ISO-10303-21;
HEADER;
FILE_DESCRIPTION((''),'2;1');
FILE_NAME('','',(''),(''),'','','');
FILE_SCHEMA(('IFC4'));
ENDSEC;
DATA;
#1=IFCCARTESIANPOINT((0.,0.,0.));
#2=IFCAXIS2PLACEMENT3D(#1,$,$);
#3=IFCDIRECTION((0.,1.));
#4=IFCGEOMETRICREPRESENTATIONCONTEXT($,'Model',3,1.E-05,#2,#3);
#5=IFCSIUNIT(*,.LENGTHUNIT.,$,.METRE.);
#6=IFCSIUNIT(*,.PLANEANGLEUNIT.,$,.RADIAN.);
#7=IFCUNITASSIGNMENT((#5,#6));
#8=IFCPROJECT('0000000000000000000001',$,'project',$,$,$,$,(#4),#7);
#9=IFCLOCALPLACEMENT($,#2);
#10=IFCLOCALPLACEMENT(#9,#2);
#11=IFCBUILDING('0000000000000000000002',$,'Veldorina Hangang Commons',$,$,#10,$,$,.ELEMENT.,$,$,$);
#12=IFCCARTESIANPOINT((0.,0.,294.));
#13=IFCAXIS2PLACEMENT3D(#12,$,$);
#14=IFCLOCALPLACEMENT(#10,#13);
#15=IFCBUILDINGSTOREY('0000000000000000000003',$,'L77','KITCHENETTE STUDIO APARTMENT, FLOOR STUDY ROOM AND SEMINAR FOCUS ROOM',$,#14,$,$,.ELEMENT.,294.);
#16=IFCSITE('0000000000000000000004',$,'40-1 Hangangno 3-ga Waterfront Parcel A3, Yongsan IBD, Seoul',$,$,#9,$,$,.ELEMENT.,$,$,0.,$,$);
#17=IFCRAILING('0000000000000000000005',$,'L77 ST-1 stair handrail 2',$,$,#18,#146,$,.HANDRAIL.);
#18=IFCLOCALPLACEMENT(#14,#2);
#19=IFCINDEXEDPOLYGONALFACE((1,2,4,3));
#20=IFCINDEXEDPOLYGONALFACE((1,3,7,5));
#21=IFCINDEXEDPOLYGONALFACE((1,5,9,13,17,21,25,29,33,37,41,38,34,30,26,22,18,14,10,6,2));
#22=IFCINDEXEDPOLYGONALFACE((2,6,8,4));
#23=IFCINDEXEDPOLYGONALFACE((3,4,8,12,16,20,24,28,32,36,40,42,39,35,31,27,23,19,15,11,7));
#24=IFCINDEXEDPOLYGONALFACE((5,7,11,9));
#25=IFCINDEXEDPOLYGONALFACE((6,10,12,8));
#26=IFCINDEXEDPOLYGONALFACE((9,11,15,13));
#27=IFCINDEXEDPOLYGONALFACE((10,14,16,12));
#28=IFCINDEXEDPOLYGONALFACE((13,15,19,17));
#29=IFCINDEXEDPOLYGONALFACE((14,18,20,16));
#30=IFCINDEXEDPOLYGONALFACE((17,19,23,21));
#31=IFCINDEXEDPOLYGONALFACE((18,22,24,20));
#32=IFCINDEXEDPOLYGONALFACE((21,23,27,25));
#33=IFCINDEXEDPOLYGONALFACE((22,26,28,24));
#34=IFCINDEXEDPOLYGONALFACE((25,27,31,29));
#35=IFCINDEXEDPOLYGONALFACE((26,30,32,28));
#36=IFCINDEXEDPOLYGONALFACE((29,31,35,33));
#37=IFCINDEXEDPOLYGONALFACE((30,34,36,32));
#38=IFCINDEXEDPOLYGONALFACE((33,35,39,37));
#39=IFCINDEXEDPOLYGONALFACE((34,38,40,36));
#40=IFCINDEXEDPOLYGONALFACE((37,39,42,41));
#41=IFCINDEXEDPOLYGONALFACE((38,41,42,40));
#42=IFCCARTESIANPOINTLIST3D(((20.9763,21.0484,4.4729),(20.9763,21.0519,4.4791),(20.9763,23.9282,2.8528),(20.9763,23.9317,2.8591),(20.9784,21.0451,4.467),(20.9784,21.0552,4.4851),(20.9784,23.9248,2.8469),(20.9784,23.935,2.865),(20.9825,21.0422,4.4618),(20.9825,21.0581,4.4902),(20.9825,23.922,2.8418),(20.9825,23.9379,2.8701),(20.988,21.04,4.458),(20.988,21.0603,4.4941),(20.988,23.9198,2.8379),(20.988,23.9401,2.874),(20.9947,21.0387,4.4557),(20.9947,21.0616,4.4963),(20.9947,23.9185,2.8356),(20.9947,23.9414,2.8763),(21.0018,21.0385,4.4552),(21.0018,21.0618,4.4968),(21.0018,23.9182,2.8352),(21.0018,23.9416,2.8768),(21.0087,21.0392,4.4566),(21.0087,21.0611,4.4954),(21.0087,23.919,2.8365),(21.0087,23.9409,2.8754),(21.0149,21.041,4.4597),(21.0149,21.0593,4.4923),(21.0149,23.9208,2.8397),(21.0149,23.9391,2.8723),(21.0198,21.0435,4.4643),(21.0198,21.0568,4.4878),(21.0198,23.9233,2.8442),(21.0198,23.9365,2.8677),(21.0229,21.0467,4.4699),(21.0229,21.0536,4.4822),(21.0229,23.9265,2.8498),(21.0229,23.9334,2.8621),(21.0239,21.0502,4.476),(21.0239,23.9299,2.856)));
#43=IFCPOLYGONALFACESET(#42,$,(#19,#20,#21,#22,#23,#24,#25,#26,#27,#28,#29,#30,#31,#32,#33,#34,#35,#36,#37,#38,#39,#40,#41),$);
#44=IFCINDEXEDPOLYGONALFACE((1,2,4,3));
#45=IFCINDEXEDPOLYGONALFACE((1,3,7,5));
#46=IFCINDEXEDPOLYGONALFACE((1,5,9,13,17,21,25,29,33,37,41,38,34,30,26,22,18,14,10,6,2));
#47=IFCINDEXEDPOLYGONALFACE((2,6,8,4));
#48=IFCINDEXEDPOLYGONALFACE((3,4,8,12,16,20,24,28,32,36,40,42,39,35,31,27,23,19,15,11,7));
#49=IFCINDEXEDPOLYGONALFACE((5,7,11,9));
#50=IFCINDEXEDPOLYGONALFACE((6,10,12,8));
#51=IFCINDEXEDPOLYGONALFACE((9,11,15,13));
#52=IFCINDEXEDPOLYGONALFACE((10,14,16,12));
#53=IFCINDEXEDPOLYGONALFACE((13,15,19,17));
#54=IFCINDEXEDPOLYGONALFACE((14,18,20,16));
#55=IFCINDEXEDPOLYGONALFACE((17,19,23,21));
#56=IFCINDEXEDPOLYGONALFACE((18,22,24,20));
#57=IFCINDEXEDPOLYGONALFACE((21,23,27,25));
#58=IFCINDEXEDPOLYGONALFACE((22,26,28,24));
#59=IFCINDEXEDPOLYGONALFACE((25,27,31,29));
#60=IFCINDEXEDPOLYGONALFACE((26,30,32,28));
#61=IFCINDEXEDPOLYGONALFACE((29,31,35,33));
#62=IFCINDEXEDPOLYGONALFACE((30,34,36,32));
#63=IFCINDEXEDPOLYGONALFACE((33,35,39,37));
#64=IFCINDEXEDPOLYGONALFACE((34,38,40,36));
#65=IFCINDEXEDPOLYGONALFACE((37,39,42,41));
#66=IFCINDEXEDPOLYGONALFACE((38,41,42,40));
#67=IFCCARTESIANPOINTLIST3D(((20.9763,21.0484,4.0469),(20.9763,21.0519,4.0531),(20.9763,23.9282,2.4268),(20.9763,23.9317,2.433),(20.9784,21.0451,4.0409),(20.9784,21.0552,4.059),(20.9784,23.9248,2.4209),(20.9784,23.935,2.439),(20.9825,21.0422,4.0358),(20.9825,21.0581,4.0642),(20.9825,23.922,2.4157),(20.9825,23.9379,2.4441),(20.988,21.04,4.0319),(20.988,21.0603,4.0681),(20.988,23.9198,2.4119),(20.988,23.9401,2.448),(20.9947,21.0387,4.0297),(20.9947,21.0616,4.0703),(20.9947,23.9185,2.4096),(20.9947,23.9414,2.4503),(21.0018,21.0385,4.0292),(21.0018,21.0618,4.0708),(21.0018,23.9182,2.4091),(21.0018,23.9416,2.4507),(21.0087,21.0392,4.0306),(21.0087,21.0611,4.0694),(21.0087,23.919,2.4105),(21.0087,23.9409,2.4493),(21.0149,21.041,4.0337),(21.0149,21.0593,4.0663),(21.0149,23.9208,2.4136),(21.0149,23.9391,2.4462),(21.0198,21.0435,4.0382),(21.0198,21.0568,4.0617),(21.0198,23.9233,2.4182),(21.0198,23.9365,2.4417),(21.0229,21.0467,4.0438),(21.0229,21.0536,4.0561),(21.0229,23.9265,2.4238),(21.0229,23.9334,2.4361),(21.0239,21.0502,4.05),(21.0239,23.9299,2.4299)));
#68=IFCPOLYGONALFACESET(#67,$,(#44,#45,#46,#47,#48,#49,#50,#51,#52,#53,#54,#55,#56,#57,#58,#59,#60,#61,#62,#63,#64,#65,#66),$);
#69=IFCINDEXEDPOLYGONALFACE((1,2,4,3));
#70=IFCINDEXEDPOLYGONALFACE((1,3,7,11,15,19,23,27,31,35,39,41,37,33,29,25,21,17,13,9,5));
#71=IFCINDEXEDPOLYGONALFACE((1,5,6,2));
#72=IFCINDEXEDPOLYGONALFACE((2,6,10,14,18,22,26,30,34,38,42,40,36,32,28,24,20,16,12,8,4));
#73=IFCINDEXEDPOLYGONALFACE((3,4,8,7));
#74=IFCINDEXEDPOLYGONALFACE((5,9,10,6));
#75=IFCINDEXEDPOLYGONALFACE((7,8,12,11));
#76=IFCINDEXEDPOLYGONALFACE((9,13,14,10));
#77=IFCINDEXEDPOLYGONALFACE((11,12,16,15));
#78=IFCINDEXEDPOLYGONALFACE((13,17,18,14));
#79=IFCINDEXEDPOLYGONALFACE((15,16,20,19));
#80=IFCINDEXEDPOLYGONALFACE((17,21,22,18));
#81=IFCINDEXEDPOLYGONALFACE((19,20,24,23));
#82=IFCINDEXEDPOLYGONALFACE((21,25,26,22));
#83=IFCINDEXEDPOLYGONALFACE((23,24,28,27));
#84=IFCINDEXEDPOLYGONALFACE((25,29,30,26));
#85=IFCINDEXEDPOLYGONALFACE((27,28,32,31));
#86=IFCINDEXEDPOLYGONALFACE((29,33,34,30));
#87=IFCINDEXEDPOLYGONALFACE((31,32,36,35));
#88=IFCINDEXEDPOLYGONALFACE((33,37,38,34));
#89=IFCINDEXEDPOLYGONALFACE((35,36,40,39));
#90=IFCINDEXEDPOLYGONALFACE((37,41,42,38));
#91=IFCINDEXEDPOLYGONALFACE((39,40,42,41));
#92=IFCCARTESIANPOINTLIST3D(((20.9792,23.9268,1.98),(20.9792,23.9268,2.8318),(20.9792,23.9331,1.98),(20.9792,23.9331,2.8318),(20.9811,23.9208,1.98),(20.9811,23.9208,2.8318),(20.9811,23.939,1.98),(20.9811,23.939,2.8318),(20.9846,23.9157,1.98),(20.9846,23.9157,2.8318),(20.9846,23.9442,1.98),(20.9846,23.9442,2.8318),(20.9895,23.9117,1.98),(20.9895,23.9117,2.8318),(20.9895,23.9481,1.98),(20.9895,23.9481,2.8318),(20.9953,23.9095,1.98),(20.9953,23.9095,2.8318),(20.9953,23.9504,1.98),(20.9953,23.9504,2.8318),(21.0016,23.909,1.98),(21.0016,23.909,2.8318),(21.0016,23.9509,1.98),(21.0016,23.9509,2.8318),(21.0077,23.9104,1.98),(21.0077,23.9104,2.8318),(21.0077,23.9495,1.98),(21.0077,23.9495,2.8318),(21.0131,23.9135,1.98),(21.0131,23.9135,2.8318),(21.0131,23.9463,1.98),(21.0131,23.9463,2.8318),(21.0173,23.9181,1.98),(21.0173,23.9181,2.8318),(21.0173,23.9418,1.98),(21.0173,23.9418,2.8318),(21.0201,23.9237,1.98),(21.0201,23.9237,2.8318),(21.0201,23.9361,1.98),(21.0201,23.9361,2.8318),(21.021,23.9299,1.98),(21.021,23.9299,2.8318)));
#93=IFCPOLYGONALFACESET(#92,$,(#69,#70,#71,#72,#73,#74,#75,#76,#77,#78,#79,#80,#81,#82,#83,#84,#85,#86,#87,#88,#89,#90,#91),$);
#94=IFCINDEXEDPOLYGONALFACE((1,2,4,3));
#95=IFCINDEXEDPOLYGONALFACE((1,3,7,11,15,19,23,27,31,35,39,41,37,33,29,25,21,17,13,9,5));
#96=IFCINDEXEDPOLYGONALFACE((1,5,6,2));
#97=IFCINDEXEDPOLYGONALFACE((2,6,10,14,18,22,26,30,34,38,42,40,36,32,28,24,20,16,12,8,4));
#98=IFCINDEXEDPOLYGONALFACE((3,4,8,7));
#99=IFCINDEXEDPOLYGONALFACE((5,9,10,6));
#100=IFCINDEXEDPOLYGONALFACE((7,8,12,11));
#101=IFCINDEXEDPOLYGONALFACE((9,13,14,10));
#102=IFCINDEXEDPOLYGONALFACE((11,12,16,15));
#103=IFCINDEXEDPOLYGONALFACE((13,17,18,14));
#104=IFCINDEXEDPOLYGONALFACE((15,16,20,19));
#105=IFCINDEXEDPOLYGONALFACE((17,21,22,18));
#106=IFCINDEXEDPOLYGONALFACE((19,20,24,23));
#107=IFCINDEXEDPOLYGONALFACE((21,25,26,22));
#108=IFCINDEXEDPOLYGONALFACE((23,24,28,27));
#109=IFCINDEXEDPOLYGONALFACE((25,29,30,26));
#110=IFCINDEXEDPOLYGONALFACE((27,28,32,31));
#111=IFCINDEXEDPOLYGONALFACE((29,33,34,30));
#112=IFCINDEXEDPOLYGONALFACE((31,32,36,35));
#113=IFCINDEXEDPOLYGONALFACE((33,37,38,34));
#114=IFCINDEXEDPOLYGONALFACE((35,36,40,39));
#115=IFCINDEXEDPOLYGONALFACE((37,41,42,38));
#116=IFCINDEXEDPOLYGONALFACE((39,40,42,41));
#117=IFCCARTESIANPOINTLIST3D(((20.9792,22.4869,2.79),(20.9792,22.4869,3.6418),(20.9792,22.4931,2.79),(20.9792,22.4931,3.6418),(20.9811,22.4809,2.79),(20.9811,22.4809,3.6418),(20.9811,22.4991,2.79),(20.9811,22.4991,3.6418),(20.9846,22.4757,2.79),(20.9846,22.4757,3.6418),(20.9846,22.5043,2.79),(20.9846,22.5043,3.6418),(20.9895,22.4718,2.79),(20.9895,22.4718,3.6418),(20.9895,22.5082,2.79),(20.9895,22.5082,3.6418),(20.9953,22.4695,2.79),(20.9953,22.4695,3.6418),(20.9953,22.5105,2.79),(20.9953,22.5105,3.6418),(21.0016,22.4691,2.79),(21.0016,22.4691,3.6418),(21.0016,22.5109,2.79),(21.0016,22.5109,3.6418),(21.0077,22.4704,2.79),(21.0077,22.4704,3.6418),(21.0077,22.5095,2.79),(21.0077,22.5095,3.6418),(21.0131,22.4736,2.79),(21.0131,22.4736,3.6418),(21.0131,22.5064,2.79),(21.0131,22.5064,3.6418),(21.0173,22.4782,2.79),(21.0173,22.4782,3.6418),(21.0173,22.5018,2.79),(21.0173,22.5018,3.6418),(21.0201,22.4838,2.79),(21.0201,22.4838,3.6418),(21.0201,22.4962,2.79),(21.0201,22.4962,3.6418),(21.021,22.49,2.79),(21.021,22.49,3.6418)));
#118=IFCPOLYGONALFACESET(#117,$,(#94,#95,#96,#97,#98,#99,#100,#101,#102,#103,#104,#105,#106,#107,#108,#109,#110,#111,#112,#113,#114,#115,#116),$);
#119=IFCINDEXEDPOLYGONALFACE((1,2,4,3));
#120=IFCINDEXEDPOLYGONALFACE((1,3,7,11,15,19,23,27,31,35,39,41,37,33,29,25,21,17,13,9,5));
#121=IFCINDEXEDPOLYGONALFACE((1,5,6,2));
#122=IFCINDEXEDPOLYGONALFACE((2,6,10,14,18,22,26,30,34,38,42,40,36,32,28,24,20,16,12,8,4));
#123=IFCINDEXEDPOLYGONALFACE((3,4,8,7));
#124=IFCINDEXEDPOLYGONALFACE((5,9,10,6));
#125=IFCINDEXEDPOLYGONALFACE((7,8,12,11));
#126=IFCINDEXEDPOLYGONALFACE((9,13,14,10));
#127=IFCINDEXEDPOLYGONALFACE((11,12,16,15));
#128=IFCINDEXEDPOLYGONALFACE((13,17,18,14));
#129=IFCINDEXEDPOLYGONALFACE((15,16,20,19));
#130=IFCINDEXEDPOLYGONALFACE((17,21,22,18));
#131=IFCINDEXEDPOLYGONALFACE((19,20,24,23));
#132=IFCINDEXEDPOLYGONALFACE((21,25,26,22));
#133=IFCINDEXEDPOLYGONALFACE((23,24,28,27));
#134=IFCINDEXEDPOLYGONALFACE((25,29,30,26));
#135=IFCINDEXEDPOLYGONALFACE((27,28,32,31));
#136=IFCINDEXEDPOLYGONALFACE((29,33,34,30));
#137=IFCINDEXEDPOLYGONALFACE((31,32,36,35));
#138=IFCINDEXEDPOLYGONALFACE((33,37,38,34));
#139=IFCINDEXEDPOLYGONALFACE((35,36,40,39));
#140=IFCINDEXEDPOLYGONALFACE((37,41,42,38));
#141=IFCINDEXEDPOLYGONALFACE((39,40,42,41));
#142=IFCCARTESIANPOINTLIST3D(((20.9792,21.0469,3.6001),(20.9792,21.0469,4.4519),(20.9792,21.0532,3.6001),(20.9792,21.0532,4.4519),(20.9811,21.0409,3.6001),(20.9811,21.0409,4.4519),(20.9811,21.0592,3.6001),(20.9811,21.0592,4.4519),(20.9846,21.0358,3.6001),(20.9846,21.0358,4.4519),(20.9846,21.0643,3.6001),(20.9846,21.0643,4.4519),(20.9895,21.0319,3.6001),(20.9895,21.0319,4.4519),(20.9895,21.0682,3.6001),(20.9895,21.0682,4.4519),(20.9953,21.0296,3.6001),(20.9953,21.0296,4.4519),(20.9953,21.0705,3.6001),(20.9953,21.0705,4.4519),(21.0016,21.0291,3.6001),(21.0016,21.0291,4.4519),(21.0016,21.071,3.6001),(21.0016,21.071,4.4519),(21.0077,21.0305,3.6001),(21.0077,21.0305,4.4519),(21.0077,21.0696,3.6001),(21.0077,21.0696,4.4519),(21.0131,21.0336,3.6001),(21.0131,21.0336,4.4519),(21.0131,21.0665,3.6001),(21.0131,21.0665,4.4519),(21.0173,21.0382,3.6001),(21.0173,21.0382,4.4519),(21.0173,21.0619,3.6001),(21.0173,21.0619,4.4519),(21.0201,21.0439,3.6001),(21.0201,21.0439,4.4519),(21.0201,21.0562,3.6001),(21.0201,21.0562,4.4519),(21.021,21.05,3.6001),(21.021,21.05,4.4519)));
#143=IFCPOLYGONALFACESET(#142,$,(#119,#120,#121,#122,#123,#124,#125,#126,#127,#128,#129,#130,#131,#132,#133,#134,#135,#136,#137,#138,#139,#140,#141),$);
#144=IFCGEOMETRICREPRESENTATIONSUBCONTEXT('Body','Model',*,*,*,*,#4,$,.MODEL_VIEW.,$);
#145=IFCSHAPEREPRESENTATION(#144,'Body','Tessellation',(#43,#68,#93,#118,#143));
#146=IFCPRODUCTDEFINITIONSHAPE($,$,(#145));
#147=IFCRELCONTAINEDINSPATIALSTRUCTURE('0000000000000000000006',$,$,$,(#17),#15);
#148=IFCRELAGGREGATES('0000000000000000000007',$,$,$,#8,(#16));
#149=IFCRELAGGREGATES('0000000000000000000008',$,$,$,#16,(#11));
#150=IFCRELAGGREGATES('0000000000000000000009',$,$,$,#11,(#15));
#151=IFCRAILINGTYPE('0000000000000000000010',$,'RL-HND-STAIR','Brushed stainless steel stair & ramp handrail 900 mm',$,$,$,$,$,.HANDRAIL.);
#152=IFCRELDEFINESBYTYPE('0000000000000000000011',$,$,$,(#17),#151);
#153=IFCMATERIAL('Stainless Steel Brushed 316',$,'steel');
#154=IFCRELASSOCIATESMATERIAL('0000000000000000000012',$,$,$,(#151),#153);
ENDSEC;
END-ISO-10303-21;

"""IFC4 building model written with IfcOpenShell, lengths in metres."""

from ifc_helpers import new_model, si_unit, direction, frame, origin, origin_2d, place, context, subcontext, project, spatial, circle, extrude, material, type_object, element, save


model = new_model("IFC4")

# Units and contexts
model_context = context("Model", 3, precision=1e-05, world=origin(), true_north=direction((0.0, 1.0)))
body_context = subcontext(model_context, "Body", "Model", "MODEL_VIEW")
ifc_project = project(units=[si_unit("LENGTHUNIT", "METRE"), si_unit("PLANEANGLEUNIT", "RADIAN")], contexts=[model_context])

# Site, building, storey
site_placement = place(None, origin())
site = spatial("IfcSite", under=ifc_project, at=site_placement, Name="40-1 Hangangno 3-ga Waterfront Parcel A3, Yongsan IBD, Seoul", CompositionType="ELEMENT", RefElevation=0.0)
building_placement = place(site_placement, origin())
building = spatial("IfcBuilding", under=site, at=building_placement, Name="Veldorina Hangang Commons", CompositionType="ELEMENT")
storey_placement = place(building_placement, frame((0.0, 0.0, 294.0)))
storey = spatial("IfcBuildingStorey", under=building, at=storey_placement, Name="L77", Description="KITCHENETTE STUDIO APARTMENT, FLOOR STUDY ROOM AND SEMINAR FOCUS ROOM", CompositionType="ELEMENT", Elevation=294.0)

# Railing
ifc_material_1 = material(Name="Stainless Steel Brushed 316", Category="steel")
railing_type_1 = type_object("IfcRailingType", Name="RL-HND-STAIR", Description="Brushed stainless steel stair & ramp handrail 900 mm", PredefinedType="HANDRAIL", material=ifc_material_1)
railing_1_placement = place(storey_placement, frame((21.0, 23.9299, 1.98)))
element("IfcRailing", 1, at=railing_1_placement, inside=storey, type_object=railing_type_1, Name="L77 ST-1 stair handrail 2", PredefinedType="HANDRAIL", context=body_context, shape_type="SweptSolid", body=[
    extrude(circle(Radius=0.0239, at=origin_2d()), frame((0.0, 0.0, 0.876), z_axis=(0.0, -0.871552, 0.490303), x_axis=(1.0, 0.0, 0.0)), (0.0, 0.0, 1.0), 3.3042),
    extrude(circle(Radius=0.0239, at=origin_2d()), frame((0.0, 0.0, 0.45), z_axis=(0.0, -0.871552, 0.490303), x_axis=(1.0, 0.0, 0.0)), (0.0, 0.0, 1.0), 3.3042),
    extrude(circle(Radius=0.021, at=origin_2d()), origin(), (0.0, 0.0, 1.0), 0.8518),
    extrude(circle(Radius=0.021, at=origin_2d()), frame((0.0, -1.4399, 0.8101)), (0.0, 0.0, 1.0), 0.8518),
    extrude(circle(Radius=0.021, at=origin_2d()), frame((0.0, -2.8799, 1.6201)), (0.0, 0.0, 1.0), 0.8518),
])

save(model, "model.ifc")
